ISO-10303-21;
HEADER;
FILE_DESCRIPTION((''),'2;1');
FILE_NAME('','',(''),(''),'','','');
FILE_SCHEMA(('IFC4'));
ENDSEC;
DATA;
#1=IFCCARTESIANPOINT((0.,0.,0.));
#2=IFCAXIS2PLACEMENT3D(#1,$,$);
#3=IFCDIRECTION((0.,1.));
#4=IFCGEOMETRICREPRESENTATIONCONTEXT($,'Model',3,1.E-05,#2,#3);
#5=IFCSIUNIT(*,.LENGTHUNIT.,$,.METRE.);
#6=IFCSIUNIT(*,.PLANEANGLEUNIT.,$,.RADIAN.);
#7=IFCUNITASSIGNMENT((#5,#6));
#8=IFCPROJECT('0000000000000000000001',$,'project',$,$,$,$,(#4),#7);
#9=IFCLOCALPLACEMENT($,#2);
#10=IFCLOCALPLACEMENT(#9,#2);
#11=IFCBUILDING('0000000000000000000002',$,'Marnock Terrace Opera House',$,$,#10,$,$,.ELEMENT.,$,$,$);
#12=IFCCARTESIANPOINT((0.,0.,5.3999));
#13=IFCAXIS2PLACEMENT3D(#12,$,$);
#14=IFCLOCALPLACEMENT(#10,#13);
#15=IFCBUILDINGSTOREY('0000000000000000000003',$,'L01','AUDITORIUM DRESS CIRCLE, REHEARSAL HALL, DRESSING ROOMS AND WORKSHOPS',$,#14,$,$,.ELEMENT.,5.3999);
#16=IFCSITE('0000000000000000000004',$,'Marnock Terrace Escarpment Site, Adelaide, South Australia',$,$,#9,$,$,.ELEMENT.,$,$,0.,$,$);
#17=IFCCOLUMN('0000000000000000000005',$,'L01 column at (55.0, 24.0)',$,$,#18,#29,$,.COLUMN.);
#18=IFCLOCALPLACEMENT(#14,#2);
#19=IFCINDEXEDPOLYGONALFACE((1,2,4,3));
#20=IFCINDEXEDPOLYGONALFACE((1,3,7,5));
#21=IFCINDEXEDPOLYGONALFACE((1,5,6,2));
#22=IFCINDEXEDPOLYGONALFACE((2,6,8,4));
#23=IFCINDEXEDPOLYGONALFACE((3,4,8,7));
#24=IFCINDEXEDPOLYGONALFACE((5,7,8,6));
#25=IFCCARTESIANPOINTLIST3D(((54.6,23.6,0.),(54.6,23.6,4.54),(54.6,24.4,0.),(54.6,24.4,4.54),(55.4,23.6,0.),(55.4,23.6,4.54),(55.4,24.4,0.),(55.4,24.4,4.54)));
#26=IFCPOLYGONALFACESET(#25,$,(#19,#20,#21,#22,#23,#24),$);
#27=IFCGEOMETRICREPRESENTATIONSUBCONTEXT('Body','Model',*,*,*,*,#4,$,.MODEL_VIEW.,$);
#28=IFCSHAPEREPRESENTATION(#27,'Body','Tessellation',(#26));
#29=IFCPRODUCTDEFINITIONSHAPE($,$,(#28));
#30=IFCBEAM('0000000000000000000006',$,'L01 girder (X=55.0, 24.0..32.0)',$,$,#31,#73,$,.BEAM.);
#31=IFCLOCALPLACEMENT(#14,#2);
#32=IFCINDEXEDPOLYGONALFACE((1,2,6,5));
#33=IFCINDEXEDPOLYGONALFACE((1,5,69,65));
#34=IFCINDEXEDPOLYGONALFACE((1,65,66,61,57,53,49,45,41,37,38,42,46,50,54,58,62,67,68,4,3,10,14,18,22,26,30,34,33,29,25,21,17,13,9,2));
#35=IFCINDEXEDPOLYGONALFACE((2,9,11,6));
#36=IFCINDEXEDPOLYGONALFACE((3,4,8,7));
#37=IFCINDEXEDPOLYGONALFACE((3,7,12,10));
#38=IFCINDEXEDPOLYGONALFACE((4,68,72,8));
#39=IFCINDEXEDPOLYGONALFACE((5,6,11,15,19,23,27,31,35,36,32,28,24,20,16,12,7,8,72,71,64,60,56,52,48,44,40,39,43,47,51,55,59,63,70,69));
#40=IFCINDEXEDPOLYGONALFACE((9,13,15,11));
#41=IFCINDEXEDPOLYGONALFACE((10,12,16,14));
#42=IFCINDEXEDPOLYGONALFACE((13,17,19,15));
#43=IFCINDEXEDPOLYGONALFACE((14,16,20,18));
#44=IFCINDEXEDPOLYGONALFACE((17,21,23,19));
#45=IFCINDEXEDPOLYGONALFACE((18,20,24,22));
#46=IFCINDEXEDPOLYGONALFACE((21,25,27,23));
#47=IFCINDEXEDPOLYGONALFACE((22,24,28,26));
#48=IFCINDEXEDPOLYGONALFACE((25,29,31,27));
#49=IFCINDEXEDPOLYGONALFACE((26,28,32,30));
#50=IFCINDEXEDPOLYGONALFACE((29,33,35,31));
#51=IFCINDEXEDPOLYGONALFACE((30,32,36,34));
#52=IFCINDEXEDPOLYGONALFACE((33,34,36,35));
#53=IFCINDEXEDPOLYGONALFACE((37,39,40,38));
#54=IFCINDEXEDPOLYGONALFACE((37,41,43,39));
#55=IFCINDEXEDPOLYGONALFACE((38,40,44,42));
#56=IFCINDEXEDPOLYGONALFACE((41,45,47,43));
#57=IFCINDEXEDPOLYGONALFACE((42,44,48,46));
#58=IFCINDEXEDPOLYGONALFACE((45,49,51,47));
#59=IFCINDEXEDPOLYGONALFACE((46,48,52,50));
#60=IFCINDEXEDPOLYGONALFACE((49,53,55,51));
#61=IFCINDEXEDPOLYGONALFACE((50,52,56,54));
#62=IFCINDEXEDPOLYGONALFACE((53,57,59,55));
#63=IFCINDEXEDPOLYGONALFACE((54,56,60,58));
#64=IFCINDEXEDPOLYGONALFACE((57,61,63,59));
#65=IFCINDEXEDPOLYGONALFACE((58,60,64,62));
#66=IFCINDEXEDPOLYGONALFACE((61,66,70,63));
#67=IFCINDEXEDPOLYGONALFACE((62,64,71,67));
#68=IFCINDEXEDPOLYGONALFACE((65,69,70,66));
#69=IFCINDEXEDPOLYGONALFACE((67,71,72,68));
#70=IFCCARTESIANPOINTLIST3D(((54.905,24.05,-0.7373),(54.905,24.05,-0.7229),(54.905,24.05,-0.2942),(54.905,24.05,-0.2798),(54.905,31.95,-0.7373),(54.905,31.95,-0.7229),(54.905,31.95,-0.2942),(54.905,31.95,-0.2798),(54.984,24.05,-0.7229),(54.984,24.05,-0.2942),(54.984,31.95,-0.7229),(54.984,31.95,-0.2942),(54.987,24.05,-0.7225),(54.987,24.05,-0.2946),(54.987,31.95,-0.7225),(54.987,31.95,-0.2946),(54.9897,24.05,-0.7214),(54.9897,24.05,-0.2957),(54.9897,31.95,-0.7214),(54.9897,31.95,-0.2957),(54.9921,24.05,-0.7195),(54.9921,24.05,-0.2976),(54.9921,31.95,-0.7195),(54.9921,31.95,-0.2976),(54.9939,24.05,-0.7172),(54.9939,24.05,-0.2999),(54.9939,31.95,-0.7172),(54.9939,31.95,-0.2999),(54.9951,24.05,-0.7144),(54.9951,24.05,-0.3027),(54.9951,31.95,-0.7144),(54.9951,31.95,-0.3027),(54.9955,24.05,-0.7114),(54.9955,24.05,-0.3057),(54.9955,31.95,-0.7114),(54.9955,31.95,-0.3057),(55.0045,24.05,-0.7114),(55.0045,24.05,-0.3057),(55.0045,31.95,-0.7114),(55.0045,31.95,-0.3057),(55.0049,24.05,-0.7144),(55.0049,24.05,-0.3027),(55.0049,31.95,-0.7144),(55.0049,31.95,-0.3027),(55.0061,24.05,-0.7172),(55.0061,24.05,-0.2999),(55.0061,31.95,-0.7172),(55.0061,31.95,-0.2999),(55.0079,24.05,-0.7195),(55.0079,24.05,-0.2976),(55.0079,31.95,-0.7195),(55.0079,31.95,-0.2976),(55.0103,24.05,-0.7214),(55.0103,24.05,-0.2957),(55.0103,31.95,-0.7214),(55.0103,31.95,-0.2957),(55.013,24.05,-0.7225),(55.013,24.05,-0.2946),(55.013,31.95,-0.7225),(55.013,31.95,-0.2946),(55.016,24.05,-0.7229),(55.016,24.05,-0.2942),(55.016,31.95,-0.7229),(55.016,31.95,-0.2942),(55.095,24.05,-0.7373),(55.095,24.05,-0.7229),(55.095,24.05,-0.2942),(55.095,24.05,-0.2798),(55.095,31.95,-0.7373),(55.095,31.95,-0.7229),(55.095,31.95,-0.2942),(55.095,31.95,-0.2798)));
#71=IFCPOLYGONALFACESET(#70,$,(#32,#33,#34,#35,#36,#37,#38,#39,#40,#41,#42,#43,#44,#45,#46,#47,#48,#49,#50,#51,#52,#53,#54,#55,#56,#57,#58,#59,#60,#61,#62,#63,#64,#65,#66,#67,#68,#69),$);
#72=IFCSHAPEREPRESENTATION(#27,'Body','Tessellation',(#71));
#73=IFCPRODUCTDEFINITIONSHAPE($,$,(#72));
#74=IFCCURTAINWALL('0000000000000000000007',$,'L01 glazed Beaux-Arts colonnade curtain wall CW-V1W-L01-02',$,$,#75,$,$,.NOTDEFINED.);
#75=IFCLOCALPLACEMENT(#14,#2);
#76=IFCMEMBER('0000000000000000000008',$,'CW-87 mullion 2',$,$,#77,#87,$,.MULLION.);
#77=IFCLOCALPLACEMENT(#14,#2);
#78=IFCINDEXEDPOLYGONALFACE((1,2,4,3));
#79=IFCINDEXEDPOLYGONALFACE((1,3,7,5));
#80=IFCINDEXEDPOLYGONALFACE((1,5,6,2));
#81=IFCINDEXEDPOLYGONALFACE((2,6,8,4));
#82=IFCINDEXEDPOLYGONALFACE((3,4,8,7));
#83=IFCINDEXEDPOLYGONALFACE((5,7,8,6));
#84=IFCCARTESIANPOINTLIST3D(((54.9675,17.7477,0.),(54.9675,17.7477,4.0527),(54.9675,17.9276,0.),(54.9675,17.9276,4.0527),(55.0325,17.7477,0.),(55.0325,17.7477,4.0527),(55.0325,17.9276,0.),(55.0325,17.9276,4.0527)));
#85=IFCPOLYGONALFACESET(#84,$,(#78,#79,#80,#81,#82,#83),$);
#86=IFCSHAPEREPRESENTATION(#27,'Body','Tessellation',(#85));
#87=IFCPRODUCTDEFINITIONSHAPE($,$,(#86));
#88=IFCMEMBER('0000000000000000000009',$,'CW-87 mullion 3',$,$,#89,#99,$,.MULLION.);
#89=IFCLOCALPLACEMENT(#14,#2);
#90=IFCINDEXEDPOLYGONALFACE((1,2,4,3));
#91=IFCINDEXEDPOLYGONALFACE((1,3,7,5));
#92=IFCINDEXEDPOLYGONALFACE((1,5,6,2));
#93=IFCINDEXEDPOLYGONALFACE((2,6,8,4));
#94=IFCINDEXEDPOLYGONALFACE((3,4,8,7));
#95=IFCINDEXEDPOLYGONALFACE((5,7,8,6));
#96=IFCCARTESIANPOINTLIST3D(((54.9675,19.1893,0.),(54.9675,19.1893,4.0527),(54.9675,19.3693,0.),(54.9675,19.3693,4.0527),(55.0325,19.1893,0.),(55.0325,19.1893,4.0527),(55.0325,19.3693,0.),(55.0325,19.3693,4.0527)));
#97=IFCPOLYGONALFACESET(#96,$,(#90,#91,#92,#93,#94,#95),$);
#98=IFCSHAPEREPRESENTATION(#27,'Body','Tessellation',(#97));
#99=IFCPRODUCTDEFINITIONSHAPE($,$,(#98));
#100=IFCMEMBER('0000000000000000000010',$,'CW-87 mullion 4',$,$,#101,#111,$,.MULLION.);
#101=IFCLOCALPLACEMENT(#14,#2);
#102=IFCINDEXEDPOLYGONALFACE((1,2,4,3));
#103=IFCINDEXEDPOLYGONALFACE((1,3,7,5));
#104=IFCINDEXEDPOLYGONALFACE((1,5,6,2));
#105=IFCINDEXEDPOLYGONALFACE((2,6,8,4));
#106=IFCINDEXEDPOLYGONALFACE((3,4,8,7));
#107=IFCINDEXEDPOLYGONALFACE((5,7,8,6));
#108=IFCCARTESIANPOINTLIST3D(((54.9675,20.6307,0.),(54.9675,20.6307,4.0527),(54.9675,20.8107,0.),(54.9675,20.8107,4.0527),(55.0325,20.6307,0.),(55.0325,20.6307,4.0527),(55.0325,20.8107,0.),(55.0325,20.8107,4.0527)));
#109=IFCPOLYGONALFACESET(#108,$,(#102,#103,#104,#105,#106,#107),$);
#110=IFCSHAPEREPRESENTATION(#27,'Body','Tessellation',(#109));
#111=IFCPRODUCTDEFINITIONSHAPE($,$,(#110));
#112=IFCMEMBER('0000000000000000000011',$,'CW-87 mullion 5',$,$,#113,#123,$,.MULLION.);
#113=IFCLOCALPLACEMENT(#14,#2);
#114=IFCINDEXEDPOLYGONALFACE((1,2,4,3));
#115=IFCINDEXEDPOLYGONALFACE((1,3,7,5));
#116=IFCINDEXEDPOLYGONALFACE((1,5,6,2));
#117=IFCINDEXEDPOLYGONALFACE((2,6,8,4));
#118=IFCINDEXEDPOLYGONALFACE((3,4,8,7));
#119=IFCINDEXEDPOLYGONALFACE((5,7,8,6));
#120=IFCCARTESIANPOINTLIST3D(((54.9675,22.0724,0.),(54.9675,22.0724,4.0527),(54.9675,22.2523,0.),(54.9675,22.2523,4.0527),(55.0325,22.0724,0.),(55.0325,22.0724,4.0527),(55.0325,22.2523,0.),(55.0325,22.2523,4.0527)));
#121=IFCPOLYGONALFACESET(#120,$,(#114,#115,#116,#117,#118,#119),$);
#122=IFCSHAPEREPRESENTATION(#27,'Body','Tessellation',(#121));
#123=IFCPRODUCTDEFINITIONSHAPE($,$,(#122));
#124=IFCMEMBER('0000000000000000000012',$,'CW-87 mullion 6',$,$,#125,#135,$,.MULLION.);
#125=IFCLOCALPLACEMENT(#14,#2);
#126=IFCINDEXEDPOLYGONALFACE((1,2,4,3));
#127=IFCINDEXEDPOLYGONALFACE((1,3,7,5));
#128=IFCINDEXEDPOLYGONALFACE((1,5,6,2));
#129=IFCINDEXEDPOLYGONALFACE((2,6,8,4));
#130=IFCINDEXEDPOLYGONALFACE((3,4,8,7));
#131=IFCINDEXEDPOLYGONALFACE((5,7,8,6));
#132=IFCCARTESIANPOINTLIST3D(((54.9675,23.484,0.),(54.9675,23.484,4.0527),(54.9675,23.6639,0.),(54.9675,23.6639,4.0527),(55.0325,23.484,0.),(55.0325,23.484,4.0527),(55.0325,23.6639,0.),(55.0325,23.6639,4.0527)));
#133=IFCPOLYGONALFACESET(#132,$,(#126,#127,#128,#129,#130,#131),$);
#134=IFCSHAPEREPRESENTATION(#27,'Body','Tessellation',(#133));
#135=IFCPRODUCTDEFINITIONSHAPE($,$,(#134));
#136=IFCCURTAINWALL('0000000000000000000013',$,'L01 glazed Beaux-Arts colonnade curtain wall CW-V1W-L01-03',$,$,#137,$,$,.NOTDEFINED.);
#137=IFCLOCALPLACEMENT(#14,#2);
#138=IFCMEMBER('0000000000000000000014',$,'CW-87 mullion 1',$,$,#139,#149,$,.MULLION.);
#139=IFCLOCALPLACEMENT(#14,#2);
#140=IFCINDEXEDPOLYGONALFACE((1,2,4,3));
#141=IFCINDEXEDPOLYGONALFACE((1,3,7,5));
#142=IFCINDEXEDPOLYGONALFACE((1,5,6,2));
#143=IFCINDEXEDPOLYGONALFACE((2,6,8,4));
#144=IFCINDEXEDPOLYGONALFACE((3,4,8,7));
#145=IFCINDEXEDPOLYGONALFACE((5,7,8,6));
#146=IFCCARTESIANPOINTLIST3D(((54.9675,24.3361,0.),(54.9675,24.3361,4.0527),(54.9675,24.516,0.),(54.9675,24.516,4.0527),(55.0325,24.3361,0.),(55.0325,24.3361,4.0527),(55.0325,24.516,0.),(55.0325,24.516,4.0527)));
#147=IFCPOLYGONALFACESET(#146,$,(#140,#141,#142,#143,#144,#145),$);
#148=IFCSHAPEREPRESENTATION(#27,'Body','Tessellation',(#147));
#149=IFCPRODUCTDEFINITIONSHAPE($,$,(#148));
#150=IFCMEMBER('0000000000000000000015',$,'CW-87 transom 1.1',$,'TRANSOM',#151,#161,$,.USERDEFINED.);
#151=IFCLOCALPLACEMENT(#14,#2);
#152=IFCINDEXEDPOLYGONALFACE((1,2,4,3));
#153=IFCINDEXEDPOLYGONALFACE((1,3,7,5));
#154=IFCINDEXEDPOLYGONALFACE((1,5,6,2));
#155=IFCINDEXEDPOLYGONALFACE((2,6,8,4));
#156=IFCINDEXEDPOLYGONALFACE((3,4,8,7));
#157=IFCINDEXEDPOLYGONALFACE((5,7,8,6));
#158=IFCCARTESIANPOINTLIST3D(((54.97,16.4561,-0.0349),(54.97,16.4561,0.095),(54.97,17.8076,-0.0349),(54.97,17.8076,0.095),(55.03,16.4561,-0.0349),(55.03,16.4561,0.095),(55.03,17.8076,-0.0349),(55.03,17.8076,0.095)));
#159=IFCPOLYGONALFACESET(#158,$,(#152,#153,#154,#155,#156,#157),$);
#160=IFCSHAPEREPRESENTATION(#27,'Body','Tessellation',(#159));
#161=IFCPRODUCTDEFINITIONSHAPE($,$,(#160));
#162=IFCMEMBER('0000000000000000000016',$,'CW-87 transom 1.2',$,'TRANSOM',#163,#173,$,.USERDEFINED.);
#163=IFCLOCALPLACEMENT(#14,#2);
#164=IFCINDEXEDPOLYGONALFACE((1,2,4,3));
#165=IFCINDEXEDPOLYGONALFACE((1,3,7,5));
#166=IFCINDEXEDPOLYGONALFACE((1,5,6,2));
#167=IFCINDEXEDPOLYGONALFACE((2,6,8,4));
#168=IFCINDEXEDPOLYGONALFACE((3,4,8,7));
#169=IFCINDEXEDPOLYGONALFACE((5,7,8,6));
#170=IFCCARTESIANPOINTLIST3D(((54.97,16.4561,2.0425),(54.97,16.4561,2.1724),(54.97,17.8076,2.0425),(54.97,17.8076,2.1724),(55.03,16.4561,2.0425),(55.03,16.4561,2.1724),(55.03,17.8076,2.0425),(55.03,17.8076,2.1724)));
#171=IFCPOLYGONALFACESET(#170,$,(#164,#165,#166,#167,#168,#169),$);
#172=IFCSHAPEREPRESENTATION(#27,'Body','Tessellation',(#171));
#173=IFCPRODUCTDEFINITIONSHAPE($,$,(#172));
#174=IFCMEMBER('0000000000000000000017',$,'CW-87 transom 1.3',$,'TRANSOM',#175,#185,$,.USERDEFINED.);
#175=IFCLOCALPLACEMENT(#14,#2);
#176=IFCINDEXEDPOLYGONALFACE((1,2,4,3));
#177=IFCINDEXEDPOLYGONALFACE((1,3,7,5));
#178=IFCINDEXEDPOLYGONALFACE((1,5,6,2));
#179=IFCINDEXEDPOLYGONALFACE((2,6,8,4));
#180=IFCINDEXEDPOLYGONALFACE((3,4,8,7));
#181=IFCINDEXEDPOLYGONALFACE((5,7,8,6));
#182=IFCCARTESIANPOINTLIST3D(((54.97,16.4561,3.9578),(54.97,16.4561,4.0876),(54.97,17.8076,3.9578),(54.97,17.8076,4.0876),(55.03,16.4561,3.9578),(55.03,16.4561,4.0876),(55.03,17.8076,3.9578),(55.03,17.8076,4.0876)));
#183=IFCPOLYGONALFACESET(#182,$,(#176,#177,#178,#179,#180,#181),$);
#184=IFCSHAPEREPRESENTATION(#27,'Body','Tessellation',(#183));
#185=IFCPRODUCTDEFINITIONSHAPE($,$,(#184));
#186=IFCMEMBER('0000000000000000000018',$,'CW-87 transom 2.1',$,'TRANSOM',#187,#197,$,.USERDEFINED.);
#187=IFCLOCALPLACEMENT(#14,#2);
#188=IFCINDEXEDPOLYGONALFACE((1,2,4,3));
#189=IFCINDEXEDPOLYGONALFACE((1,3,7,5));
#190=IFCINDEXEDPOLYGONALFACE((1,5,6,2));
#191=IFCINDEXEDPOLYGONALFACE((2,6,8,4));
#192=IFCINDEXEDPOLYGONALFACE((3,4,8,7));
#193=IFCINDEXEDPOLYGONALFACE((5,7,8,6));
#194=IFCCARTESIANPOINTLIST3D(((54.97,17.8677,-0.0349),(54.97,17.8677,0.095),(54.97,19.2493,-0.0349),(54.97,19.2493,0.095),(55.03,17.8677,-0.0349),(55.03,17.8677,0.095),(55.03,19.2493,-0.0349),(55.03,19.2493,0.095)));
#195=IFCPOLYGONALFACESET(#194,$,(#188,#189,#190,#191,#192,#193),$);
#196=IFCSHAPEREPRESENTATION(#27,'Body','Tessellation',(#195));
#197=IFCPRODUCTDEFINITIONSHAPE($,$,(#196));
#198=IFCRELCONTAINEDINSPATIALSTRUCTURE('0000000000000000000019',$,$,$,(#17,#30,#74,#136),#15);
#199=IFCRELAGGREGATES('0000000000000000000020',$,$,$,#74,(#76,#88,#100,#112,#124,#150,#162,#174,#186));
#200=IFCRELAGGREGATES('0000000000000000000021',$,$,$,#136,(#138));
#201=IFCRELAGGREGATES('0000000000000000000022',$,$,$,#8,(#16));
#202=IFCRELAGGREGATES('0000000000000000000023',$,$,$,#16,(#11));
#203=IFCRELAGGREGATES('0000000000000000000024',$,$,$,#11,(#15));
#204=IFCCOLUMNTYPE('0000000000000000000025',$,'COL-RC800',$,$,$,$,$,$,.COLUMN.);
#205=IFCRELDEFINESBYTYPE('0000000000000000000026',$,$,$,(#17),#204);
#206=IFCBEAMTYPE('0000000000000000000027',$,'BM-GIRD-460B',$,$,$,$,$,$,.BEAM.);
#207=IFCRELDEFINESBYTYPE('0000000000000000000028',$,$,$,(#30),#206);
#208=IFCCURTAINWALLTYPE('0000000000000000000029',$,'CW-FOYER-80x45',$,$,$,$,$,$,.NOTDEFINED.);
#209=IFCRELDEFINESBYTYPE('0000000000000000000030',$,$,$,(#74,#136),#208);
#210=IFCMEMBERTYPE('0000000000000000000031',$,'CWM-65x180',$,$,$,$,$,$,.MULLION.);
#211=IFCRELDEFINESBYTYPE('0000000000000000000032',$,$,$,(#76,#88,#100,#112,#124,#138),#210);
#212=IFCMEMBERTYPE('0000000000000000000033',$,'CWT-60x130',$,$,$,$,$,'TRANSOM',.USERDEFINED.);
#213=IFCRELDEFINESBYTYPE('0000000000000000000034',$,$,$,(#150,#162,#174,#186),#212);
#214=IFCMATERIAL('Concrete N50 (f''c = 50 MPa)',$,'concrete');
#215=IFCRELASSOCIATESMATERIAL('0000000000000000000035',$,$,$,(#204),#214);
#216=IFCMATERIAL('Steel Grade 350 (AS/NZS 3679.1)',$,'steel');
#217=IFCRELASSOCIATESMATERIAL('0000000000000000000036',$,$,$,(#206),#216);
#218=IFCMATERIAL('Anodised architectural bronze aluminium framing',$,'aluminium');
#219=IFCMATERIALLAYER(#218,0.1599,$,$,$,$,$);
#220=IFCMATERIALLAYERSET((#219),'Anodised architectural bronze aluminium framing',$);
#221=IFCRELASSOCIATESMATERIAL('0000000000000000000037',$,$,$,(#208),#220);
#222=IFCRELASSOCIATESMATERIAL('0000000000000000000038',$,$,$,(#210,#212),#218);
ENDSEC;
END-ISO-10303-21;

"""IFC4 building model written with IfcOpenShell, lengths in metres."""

from ifc_helpers import new_model, si_unit, direction, frame, origin, origin_2d, place, context, subcontext, project, spatial, rectangle, i_section, extrude, material, layer, layer_set, material_profile, profile_set, type_object, element, aggregate, save


model = new_model("IFC4")

# Units and contexts
model_context = context("Model", 3, precision=1e-05, world=origin(), true_north=direction((0.0, 1.0)))
body_context = subcontext(model_context, "Body", "Model", "MODEL_VIEW")
ifc_project = project(units=[si_unit("LENGTHUNIT", "METRE"), si_unit("PLANEANGLEUNIT", "RADIAN")], contexts=[model_context])

# Site, building, storey
site_placement = place(None, origin())
site = spatial("IfcSite", under=ifc_project, at=site_placement, Name="Marnock Terrace Escarpment Site, Adelaide, South Australia", CompositionType="ELEMENT", RefElevation=0.0)
building_placement = place(site_placement, origin())
building = spatial("IfcBuilding", under=site, at=building_placement, Name="Marnock Terrace Opera House", CompositionType="ELEMENT")
storey_placement = place(building_placement, frame((0.0, 0.0, 5.3999)))
storey = spatial("IfcBuildingStorey", under=building, at=storey_placement, Name="L01", Description="AUDITORIUM DRESS CIRCLE, REHEARSAL HALL, DRESSING ROOMS AND WORKSHOPS", CompositionType="ELEMENT", Elevation=5.3999)

# Column
ifc_material_1 = material(Name="Concrete N50 (f'c = 50 MPa)", Category="concrete")
ifc_material_profile_1 = material_profile(ifc_material_1, rectangle(XDim=0.8, YDim=0.8, at=origin_2d()))
ifc_profile_set_1 = profile_set([ifc_material_profile_1], Name="Concrete N50 (f'c = 50 MPa)")
column_type = type_object("IfcColumnType", Name="COL-RC800", PredefinedType="COLUMN", material=ifc_profile_set_1)
column_placement = place(storey_placement, frame((55.0, 24.0, 0.0), z_axis=(0.0, 0.0, 1.0), x_axis=(1.0, 0.0, 0.0)))
element("IfcColumn", 1, at=column_placement, inside=storey, type_object=column_type, Name="L01 column at (55.0, 24.0)", PredefinedType="COLUMN", context=body_context, shape_type="SweptSolid", body=[
    extrude(rectangle(XDim=0.8, YDim=0.8, at=origin_2d()), origin(), (0.0, 0.0, 1.0), 4.54),
])

# Beam
ifc_material_2 = material(Name="Steel Grade 350 (AS/NZS 3679.1)", Category="steel")
ifc_material_profile_2 = material_profile(ifc_material_2, i_section(OverallWidth=0.1899, OverallDepth=0.4575, WebThickness=0.009, FlangeThickness=0.0144, FilletRadius=0.0115, at=origin_2d()))
ifc_profile_set_2 = profile_set([ifc_material_profile_2], Name="Steel Grade 350 (AS/NZS 3679.1)")
beam_type = type_object("IfcBeamType", Name="BM-GIRD-460B", PredefinedType="BEAM", material=ifc_profile_set_2)
beam_placement = place(storey_placement, frame((55.0, 24.05, -0.5085), z_axis=(0.0, 1.0, 0.0), x_axis=(-1.0, 0.0, 0.0)))
element("IfcBeam", 2, at=beam_placement, inside=storey, type_object=beam_type, Name="L01 girder (X=55.0, 24.0..32.0)", PredefinedType="BEAM", context=body_context, shape_type="SweptSolid", body=[
    extrude(i_section(OverallWidth=0.1899, OverallDepth=0.4575, WebThickness=0.009, FlangeThickness=0.0144, FilletRadius=0.0115, at=origin_2d()), origin(), (0.0, 0.0, 1.0), 7.8999),
])

# Curtain wall, members
ifc_material_3 = material(Name="Anodised architectural bronze aluminium framing", Category="aluminium")
ifc_layer_1 = layer(ifc_material_3, 0.1599)
ifc_layer_set_1 = layer_set([ifc_layer_1], Name="Anodised architectural bronze aluminium framing")
curtain_wall_type = type_object("IfcCurtainWallType", Name="CW-FOYER-80x45", PredefinedType="NOTDEFINED", material=ifc_layer_set_1)
curtain_wall_1_placement = place(storey_placement, origin())
curtain_wall_1 = element("IfcCurtainWall", 3, at=curtain_wall_1_placement, inside=storey, type_object=curtain_wall_type, Name="L01 glazed Beaux-Arts colonnade curtain wall CW-V1W-L01-02", PredefinedType="NOTDEFINED")
ifc_material_profile_3 = material_profile(ifc_material_3, rectangle(XDim=0.0649, YDim=0.1799, at=origin_2d()))
ifc_profile_set_3 = profile_set([ifc_material_profile_3], Name="Anodised architectural bronze aluminium framing")
member_type_1 = type_object("IfcMemberType", Name="CWM-65x180", PredefinedType="MULLION", material=ifc_profile_set_3)
member_1_placement = place(storey_placement, frame((55.0, 17.8376, 0.0), z_axis=(0.0, 0.0, 1.0), x_axis=(-1.0, 0.0, 0.0)))
member_1 = element("IfcMember", 4, at=member_1_placement, type_object=member_type_1, Name="CW-87 mullion 2", PredefinedType="MULLION", context=body_context, shape_type="SweptSolid", body=[
    extrude(rectangle(XDim=0.0649, YDim=0.1799, at=origin_2d()), origin(), (0.0, 0.0, 1.0), 4.0527),
])
member_2_placement = place(storey_placement, frame((55.0, 19.2793, 0.0), z_axis=(0.0, 0.0, 1.0), x_axis=(-1.0, 0.0, 0.0)))
member_2 = element("IfcMember", 5, at=member_2_placement, type_object=member_type_1, Name="CW-87 mullion 3", PredefinedType="MULLION", context=body_context, shape_type="SweptSolid", body=[
    extrude(rectangle(XDim=0.0649, YDim=0.1799, at=origin_2d()), origin(), (0.0, 0.0, 1.0), 4.0527),
])
member_3_placement = place(storey_placement, frame((55.0, 20.7207, 0.0), z_axis=(0.0, 0.0, 1.0), x_axis=(-1.0, 0.0, 0.0)))
member_3 = element("IfcMember", 6, at=member_3_placement, type_object=member_type_1, Name="CW-87 mullion 4", PredefinedType="MULLION", context=body_context, shape_type="SweptSolid", body=[
    extrude(rectangle(XDim=0.0649, YDim=0.1799, at=origin_2d()), origin(), (0.0, 0.0, 1.0), 4.0527),
])
member_4_placement = place(storey_placement, frame((55.0, 22.1624, 0.0), z_axis=(0.0, 0.0, 1.0), x_axis=(-1.0, 0.0, 0.0)))
member_4 = element("IfcMember", 7, at=member_4_placement, type_object=member_type_1, Name="CW-87 mullion 5", PredefinedType="MULLION", context=body_context, shape_type="SweptSolid", body=[
    extrude(rectangle(XDim=0.0649, YDim=0.1799, at=origin_2d()), origin(), (0.0, 0.0, 1.0), 4.0527),
])
member_5_placement = place(storey_placement, frame((55.0, 23.574, 0.0), z_axis=(0.0, 0.0, 1.0), x_axis=(-1.0, 0.0, 0.0)))
member_5 = element("IfcMember", 8, at=member_5_placement, type_object=member_type_1, Name="CW-87 mullion 6", PredefinedType="MULLION", context=body_context, shape_type="SweptSolid", body=[
    extrude(rectangle(XDim=0.0649, YDim=0.1799, at=origin_2d()), origin(), (0.0, 0.0, 1.0), 4.0527),
])

# Curtain wall, member
curtain_wall_2_placement = place(storey_placement, origin())
curtain_wall_2 = element("IfcCurtainWall", 9, at=curtain_wall_2_placement, inside=storey, type_object=curtain_wall_type, Name="L01 glazed Beaux-Arts colonnade curtain wall CW-V1W-L01-03", PredefinedType="NOTDEFINED")
member_6_placement = place(storey_placement, frame((55.0, 24.426, 0.0), z_axis=(0.0, 0.0, 1.0), x_axis=(-1.0, 0.0, 0.0)))
member_6 = element("IfcMember", 10, at=member_6_placement, type_object=member_type_1, Name="CW-87 mullion 1", PredefinedType="MULLION", context=body_context, shape_type="SweptSolid", body=[
    extrude(rectangle(XDim=0.0649, YDim=0.1799, at=origin_2d()), origin(), (0.0, 0.0, 1.0), 4.0527),
])

# Members
ifc_material_profile_4 = material_profile(ifc_material_3, rectangle(XDim=0.0601, YDim=0.1299, at=origin_2d()))
ifc_profile_set_4 = profile_set([ifc_material_profile_4], Name="Anodised architectural bronze aluminium framing")
member_type_2 = type_object("IfcMemberType", Name="CWT-60x130", ElementType="TRANSOM", PredefinedType="USERDEFINED", material=ifc_profile_set_4)
member_7_placement = place(storey_placement, frame((55.0, 16.4561, 0.03), z_axis=(0.0, 1.0, 0.0), x_axis=(-1.0, 0.0, 0.0)))
member_7 = element("IfcMember", 11, at=member_7_placement, type_object=member_type_2, Name="CW-87 transom 1.1", ObjectType="TRANSOM", PredefinedType="USERDEFINED", context=body_context, shape_type="SweptSolid", body=[
    extrude(rectangle(XDim=0.0601, YDim=0.1299, at=origin_2d()), origin(), (0.0, 0.0, 1.0), 1.3516),
])
member_8_placement = place(storey_placement, frame((55.0, 16.4561, 2.1074), z_axis=(0.0, 1.0, 0.0), x_axis=(-1.0, 0.0, 0.0)))
member_8 = element("IfcMember", 12, at=member_8_placement, type_object=member_type_2, Name="CW-87 transom 1.2", ObjectType="TRANSOM", PredefinedType="USERDEFINED", context=body_context, shape_type="SweptSolid", body=[
    extrude(rectangle(XDim=0.0601, YDim=0.1299, at=origin_2d()), origin(), (0.0, 0.0, 1.0), 1.3516),
])
member_9_placement = place(storey_placement, frame((55.0, 16.4561, 4.0227), z_axis=(0.0, 1.0, 0.0), x_axis=(-1.0, 0.0, 0.0)))
member_9 = element("IfcMember", 13, at=member_9_placement, type_object=member_type_2, Name="CW-87 transom 1.3", ObjectType="TRANSOM", PredefinedType="USERDEFINED", context=body_context, shape_type="SweptSolid", body=[
    extrude(rectangle(XDim=0.0601, YDim=0.1299, at=origin_2d()), origin(), (0.0, 0.0, 1.0), 1.3516),
])
member_10_placement = place(storey_placement, frame((55.0, 17.8677, 0.03), z_axis=(0.0, 1.0, 0.0), x_axis=(-1.0, 0.0, 0.0)))
member_10 = element("IfcMember", 14, at=member_10_placement, type_object=member_type_2, Name="CW-87 transom 2.1", ObjectType="TRANSOM", PredefinedType="USERDEFINED", context=body_context, shape_type="SweptSolid", body=[
    extrude(rectangle(XDim=0.0601, YDim=0.1299, at=origin_2d()), origin(), (0.0, 0.0, 1.0), 1.3816),
])

aggregate(curtain_wall_1, [member_1, member_2, member_3, member_4, member_5, member_7, member_8, member_9, member_10])
aggregate(curtain_wall_2, [member_6])

save(model, "model.ifc")
